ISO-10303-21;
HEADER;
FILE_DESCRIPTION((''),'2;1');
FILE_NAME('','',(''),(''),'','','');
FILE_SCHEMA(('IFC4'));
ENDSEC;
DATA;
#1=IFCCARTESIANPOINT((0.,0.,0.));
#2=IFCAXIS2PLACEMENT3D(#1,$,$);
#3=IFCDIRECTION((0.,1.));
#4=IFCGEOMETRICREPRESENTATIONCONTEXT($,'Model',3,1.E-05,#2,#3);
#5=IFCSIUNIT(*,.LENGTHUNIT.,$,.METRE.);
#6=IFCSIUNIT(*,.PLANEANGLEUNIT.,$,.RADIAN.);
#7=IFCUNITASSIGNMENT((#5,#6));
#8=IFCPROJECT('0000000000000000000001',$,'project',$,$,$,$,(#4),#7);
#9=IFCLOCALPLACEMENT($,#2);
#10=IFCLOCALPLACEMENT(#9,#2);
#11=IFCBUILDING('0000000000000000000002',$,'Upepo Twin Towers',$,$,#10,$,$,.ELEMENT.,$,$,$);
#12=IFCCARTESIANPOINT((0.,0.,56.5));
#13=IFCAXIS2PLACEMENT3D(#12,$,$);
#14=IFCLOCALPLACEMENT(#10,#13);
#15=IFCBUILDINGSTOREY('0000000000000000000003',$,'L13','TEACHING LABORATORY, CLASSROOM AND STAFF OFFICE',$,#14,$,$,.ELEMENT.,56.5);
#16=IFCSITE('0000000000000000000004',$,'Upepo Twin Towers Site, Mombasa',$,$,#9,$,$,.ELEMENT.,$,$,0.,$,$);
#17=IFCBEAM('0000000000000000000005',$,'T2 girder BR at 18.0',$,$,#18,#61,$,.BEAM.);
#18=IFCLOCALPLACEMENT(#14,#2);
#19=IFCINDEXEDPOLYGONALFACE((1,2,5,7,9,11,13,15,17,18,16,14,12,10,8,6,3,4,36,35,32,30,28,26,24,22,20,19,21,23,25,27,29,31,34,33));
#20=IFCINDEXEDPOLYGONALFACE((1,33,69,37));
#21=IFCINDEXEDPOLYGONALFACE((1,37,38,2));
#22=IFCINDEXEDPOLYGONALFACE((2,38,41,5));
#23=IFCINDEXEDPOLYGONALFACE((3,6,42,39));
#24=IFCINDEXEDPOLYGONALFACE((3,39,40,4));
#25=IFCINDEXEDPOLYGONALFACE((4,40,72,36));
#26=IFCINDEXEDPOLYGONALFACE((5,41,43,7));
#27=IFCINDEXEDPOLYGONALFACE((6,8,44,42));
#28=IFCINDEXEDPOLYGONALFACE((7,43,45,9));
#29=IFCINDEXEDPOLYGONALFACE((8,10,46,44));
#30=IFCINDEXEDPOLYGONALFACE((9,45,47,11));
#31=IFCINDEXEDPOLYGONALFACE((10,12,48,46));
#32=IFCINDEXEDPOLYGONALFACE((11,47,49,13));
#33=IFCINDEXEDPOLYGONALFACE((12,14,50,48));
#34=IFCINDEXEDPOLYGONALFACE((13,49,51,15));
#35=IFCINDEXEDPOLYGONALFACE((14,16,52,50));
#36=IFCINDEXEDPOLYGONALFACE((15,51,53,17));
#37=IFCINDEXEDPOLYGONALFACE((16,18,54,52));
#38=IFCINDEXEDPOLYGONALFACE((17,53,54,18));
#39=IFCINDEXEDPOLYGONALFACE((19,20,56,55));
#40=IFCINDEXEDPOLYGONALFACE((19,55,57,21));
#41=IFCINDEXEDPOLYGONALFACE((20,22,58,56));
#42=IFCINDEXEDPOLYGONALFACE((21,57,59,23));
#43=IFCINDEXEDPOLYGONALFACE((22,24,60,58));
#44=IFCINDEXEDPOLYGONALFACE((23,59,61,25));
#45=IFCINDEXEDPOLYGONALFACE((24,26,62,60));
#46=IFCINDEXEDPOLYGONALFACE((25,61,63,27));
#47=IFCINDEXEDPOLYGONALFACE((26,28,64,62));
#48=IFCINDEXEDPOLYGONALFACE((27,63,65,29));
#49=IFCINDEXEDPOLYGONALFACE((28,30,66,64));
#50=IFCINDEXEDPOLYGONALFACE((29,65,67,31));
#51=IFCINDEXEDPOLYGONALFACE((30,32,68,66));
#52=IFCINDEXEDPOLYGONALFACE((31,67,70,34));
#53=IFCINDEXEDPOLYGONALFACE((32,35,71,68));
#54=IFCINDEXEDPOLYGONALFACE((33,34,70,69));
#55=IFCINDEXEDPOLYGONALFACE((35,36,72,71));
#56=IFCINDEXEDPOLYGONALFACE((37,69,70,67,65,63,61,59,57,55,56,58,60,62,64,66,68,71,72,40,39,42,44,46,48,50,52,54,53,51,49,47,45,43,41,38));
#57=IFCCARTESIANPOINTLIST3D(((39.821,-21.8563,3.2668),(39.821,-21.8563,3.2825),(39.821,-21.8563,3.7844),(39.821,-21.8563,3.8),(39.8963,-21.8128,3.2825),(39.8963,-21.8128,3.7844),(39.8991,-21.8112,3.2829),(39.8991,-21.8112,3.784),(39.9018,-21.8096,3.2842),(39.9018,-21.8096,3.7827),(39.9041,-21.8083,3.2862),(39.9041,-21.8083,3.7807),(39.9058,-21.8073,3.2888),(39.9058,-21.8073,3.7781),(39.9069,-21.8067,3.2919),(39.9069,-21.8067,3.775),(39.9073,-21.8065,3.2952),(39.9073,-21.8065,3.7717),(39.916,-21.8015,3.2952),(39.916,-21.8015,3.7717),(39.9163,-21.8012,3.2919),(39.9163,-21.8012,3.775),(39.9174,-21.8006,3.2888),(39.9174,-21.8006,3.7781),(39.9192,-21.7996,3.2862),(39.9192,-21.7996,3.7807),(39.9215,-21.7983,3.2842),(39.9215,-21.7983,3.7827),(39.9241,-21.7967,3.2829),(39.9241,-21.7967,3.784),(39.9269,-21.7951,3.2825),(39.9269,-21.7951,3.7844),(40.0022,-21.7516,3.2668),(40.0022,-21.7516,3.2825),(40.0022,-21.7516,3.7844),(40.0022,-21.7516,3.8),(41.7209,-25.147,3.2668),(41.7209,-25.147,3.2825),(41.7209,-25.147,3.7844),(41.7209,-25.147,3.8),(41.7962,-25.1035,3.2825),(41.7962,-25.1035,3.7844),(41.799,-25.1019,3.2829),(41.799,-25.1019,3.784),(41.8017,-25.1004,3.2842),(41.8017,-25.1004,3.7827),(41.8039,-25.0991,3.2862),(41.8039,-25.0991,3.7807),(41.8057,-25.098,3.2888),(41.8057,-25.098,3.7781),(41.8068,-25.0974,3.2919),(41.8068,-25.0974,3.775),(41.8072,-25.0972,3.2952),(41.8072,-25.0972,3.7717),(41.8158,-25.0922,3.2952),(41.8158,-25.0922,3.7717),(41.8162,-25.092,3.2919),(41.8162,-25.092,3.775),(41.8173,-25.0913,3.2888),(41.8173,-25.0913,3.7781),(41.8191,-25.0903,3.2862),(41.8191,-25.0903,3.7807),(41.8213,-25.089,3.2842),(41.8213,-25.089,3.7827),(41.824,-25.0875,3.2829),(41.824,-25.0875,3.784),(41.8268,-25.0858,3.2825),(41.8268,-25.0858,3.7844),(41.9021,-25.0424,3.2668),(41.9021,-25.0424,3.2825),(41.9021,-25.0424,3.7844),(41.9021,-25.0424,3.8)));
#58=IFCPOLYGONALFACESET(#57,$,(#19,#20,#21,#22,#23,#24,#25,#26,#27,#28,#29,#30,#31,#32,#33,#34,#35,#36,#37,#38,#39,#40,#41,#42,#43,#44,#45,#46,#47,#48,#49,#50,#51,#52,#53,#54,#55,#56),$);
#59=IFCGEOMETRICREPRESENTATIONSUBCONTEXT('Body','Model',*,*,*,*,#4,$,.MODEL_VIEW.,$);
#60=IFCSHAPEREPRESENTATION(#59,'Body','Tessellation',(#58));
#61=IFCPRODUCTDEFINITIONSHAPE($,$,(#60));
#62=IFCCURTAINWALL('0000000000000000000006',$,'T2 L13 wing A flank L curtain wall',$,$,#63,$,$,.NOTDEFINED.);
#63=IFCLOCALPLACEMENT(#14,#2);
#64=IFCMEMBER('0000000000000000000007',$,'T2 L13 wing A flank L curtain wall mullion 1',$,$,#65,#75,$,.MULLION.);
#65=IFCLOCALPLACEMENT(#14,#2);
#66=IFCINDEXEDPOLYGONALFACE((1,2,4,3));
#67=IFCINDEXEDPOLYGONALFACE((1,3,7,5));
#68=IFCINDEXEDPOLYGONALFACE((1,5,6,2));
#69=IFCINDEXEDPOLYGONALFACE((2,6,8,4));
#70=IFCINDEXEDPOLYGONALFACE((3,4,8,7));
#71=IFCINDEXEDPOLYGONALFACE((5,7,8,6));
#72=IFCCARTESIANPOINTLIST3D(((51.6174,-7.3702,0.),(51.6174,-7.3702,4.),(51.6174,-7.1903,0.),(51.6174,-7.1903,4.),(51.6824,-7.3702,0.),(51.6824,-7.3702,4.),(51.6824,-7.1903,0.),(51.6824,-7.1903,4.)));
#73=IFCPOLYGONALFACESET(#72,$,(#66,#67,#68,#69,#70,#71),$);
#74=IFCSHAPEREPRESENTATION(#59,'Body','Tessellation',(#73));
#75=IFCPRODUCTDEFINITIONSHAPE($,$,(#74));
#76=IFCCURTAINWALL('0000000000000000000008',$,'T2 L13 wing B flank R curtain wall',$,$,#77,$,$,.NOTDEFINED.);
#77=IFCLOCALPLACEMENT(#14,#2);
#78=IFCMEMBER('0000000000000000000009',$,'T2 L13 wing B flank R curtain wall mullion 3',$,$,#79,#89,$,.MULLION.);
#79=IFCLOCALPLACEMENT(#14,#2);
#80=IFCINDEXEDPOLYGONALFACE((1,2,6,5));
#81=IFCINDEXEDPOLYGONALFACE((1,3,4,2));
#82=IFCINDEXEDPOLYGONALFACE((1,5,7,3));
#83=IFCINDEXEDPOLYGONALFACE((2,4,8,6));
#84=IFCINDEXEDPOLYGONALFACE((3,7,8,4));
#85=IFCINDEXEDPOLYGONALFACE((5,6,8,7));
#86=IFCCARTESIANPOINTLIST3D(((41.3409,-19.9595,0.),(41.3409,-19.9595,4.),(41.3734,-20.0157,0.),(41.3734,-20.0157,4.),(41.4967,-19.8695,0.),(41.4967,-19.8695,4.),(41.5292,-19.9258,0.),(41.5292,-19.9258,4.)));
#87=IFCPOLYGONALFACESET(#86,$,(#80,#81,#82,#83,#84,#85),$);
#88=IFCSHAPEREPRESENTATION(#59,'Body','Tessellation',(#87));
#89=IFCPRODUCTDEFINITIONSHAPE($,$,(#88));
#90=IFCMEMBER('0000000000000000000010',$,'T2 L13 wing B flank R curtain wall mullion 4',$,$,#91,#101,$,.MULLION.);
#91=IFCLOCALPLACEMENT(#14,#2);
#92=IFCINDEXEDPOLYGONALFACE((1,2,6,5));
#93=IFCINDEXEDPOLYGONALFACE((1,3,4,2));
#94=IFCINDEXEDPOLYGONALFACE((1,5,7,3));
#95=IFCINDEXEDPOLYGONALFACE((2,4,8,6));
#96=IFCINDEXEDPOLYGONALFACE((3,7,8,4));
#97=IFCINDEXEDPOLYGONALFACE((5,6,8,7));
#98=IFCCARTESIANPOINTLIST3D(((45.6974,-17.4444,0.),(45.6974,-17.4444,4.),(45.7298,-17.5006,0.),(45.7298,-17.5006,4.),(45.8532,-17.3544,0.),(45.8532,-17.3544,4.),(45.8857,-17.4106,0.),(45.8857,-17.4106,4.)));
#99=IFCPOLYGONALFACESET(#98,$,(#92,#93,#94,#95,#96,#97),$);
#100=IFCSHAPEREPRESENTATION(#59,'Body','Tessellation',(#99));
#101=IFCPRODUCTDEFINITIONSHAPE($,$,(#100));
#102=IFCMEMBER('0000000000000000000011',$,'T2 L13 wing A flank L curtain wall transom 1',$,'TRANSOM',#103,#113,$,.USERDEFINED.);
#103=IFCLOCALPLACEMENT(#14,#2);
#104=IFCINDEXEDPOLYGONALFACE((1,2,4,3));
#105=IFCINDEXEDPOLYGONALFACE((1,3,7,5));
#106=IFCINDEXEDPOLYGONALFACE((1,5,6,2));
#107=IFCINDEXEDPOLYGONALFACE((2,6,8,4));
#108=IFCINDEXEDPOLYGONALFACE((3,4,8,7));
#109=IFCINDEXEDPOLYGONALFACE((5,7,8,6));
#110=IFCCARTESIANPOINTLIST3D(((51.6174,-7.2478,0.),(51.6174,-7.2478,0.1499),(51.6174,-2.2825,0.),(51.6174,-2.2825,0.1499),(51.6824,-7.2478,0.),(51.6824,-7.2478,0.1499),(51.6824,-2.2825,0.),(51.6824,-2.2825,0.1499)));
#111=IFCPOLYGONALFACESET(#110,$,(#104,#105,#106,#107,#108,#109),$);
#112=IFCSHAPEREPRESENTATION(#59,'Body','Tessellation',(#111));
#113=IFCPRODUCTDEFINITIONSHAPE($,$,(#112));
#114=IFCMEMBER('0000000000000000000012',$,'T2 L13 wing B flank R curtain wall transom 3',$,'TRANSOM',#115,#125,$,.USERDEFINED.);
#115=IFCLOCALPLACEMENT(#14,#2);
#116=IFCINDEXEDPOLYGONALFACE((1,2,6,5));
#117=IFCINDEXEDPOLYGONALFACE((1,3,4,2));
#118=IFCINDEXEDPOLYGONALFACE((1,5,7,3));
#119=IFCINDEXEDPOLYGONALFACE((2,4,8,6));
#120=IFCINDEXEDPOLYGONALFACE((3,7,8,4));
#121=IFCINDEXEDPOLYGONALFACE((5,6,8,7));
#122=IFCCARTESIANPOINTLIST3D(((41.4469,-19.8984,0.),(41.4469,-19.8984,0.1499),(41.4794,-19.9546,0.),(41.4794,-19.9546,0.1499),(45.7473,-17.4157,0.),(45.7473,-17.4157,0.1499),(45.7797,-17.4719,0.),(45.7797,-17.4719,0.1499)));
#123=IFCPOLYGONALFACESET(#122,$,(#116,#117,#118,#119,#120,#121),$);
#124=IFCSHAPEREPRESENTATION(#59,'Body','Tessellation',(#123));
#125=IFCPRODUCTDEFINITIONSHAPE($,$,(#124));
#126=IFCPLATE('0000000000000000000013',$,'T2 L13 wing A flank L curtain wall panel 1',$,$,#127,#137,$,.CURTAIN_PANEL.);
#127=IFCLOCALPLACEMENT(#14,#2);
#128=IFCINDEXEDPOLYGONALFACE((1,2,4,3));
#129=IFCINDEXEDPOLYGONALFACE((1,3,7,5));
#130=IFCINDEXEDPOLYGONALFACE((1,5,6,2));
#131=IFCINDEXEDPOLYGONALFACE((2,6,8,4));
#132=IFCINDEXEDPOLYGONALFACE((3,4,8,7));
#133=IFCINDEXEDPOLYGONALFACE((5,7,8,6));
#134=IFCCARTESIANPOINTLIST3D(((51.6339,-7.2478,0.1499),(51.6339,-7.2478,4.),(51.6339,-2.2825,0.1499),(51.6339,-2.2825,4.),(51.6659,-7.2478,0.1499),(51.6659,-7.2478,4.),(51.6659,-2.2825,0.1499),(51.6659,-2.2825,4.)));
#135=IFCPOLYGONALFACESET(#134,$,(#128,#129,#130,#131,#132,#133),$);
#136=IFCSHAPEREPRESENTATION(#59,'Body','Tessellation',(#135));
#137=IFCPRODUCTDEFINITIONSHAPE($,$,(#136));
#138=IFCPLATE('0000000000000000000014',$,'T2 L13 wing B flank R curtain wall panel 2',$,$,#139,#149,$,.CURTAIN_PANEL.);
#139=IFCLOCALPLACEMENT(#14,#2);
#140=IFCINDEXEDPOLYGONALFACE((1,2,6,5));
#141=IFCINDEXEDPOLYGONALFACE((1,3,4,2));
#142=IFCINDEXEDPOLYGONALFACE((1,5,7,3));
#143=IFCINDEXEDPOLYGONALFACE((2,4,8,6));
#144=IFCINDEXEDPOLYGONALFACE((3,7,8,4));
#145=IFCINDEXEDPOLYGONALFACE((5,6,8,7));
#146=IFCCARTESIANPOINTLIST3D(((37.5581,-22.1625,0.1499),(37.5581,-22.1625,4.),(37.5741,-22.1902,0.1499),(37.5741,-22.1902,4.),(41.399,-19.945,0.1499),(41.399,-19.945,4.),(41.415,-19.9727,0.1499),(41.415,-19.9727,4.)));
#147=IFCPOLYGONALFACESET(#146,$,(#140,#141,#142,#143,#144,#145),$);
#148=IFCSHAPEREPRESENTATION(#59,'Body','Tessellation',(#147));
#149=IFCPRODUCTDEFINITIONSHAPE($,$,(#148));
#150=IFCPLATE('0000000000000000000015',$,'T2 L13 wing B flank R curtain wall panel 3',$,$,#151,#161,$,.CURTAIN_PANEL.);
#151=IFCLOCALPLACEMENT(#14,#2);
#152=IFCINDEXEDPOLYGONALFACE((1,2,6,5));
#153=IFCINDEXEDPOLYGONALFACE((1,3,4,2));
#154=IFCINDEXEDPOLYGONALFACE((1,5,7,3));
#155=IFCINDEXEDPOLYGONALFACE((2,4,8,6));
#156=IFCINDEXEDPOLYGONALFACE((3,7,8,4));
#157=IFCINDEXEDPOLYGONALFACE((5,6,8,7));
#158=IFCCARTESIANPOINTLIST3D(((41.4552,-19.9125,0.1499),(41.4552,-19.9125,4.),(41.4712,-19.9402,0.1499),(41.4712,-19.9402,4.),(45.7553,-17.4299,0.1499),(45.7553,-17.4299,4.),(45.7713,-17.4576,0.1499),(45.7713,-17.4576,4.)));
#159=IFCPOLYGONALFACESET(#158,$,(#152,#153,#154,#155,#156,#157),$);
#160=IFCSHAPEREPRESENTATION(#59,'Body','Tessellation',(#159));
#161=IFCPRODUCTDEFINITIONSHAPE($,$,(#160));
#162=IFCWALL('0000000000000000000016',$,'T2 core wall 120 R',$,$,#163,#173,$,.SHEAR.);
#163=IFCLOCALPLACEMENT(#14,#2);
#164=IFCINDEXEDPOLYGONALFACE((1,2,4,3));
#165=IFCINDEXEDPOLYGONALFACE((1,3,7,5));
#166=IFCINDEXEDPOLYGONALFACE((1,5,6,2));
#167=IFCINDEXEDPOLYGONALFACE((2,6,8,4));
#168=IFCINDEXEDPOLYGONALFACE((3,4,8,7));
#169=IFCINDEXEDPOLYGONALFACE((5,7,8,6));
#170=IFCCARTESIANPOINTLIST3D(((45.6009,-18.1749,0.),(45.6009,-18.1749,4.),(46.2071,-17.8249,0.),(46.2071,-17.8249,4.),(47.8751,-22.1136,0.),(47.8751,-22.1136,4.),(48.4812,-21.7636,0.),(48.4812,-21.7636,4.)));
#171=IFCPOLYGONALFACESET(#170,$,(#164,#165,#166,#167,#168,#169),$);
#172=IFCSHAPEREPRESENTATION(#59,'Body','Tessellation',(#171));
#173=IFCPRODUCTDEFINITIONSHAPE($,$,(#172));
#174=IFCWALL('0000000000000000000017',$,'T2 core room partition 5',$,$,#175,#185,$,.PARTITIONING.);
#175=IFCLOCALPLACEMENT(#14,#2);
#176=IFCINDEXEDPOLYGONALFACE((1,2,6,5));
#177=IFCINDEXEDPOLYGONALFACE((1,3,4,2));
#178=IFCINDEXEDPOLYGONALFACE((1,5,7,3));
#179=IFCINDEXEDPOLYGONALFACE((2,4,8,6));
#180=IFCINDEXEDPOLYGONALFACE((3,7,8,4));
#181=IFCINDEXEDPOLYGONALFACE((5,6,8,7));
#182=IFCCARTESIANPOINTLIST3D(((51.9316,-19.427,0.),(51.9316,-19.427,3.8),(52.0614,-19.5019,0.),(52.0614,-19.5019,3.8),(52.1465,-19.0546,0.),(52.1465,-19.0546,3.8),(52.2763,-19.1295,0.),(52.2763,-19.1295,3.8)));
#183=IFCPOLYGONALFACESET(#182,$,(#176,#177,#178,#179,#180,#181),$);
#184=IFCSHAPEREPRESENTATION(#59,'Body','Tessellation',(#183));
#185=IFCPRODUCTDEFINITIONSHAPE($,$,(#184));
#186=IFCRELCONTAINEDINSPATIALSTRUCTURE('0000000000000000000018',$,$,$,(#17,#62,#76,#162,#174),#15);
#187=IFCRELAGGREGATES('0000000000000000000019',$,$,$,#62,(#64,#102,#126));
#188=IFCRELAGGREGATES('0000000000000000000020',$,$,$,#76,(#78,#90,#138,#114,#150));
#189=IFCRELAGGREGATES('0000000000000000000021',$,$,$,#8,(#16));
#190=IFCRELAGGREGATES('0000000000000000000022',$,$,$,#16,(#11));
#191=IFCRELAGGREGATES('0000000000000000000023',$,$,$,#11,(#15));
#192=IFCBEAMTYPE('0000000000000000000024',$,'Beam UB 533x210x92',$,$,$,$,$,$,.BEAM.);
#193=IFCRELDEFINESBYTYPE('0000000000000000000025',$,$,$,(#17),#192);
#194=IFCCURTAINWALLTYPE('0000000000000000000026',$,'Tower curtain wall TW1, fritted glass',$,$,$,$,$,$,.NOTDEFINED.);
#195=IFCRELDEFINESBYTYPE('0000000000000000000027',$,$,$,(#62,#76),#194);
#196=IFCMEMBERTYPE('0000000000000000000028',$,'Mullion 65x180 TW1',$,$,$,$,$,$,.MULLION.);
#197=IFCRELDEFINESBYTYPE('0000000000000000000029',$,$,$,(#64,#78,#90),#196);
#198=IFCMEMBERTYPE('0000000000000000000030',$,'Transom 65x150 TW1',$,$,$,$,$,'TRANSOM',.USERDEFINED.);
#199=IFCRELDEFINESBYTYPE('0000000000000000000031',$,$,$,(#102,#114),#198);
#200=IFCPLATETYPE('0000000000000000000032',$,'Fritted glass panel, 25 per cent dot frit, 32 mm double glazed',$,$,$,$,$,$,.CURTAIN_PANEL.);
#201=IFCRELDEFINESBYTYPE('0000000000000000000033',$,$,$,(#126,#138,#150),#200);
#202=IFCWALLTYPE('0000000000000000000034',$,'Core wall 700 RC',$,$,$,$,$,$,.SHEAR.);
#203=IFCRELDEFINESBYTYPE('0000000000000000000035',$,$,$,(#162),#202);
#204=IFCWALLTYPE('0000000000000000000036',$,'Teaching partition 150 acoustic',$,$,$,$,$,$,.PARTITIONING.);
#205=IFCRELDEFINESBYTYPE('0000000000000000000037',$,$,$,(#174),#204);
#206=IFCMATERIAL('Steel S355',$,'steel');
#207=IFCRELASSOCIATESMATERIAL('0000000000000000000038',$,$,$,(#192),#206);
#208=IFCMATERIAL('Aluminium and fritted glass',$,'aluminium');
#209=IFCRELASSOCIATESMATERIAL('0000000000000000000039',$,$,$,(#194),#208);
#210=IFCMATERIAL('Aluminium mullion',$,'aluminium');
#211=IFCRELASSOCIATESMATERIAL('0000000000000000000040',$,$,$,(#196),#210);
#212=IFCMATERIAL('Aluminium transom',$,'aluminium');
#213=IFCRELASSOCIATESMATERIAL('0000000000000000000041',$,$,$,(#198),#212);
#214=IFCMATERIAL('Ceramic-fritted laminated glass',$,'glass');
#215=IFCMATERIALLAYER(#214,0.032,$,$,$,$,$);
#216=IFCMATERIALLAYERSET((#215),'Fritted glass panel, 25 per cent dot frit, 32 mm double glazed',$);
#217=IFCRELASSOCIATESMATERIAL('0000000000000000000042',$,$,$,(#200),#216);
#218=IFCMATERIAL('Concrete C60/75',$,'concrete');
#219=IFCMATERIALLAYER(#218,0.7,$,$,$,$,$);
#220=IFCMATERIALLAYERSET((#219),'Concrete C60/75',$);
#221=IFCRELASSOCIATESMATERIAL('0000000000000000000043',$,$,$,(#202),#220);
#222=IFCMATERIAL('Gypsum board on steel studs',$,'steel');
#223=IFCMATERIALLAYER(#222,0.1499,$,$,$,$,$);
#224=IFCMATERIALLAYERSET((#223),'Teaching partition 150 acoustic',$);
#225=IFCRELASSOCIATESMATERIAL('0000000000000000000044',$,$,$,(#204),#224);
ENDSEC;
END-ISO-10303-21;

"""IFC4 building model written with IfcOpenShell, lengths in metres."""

from ifc_helpers import new_model, si_unit, direction, frame, frame_2d, origin, origin_2d, place, context, subcontext, project, spatial, rectangle, i_section, extrude, material, layer, layer_set, material_profile, profile_set, type_object, element, aggregate, save


model = new_model("IFC4")

# Units and contexts
model_context = context("Model", 3, precision=1e-05, world=origin(), true_north=direction((0.0, 1.0)))
body_context = subcontext(model_context, "Body", "Model", "MODEL_VIEW")
ifc_project = project(units=[si_unit("LENGTHUNIT", "METRE"), si_unit("PLANEANGLEUNIT", "RADIAN")], contexts=[model_context])

# Site, building, storey
site_placement = place(None, origin())
site = spatial("IfcSite", under=ifc_project, at=site_placement, Name="Upepo Twin Towers Site, Mombasa", CompositionType="ELEMENT", RefElevation=0.0)
building_placement = place(site_placement, origin())
building = spatial("IfcBuilding", under=site, at=building_placement, Name="Upepo Twin Towers", CompositionType="ELEMENT")
storey_placement = place(building_placement, frame((0.0, 0.0, 56.5)))
storey = spatial("IfcBuildingStorey", under=building, at=storey_placement, Name="L13", Description="TEACHING LABORATORY, CLASSROOM AND STAFF OFFICE", CompositionType="ELEMENT", Elevation=56.5)

# Beam
ifc_material_1 = material(Name="Steel S355", Category="steel")
ifc_material_profile_1 = material_profile(ifc_material_1, i_section(OverallWidth=0.2092, OverallDepth=0.5332, WebThickness=0.01, FlangeThickness=0.0156, FilletRadius=0.0127, at=origin_2d()), Name="UB 533x210x92")
ifc_profile_set_1 = profile_set([ifc_material_profile_1], Name="Steel S355")
beam_type_1 = type_object("IfcBeamType", Name="Beam UB 533x210x92", PredefinedType="BEAM", material=ifc_profile_set_1)
beam_1_placement = place(storey_placement, frame((39.9116, -21.804, 3.5334), z_axis=(0.499995, -0.866028, 0.0), x_axis=(0.866028, 0.499995, 0.0)))
element("IfcBeam", 1, at=beam_1_placement, inside=storey, type_object=beam_type_1, Name="T2 girder BR at 18.0", PredefinedType="BEAM", context=body_context, shape_type="SweptSolid", body=[
    extrude(i_section(OverallWidth=0.2092, OverallDepth=0.5332, WebThickness=0.01, FlangeThickness=0.0156, FilletRadius=0.0127, at=origin_2d()), origin(), (0.0, 0.0, 1.0), 3.7998),
])

# Curtain wall, member
ifc_material_2 = material(Name="Aluminium and fritted glass", Category="aluminium")
curtain_wall_type = type_object("IfcCurtainWallType", Name="Tower curtain wall TW1, fritted glass", PredefinedType="NOTDEFINED", material=ifc_material_2)
curtain_wall_1_placement = place(storey_placement, origin())
curtain_wall_1 = element("IfcCurtainWall", 2, at=curtain_wall_1_placement, inside=storey, type_object=curtain_wall_type, Name="T2 L13 wing A flank L curtain wall", PredefinedType="NOTDEFINED")
ifc_material_3 = material(Name="Aluminium mullion", Category="aluminium")
ifc_material_profile_2 = material_profile(ifc_material_3, rectangle(XDim=0.0649, YDim=0.1799, at=origin_2d()), Name="MULLION 65x180")
ifc_profile_set_2 = profile_set([ifc_material_profile_2], Name="Aluminium mullion")
member_type_1 = type_object("IfcMemberType", Name="Mullion 65x180 TW1", PredefinedType="MULLION", material=ifc_profile_set_2)
member_1_placement = place(storey_placement, frame((51.6499, -7.2803, 0.0), z_axis=(0.0, 0.0, 1.0), x_axis=(-1.0, 0.0, 0.0)))
member_1 = element("IfcMember", 3, at=member_1_placement, type_object=member_type_1, Name="T2 L13 wing A flank L curtain wall mullion 1", PredefinedType="MULLION", context=body_context, shape_type="SweptSolid", body=[
    extrude(rectangle(XDim=0.0649, YDim=0.1799, at=origin_2d()), origin(), (0.0, 0.0, 1.0), 4.0),
])

# Curtain wall, members
curtain_wall_2_placement = place(storey_placement, origin())
curtain_wall_2 = element("IfcCurtainWall", 4, at=curtain_wall_2_placement, inside=storey, type_object=curtain_wall_type, Name="T2 L13 wing B flank R curtain wall", PredefinedType="NOTDEFINED")
member_2_placement = place(storey_placement, frame((41.4351, -19.9426, 0.0), z_axis=(0.0, 0.0, 1.0), x_axis=(-0.5, 0.866025, 0.0)))
member_2 = element("IfcMember", 5, at=member_2_placement, type_object=member_type_1, Name="T2 L13 wing B flank R curtain wall mullion 3", PredefinedType="MULLION", context=body_context, shape_type="SweptSolid", body=[
    extrude(rectangle(XDim=0.0649, YDim=0.1799, at=origin_2d()), origin(), (0.0, 0.0, 1.0), 4.0),
])
member_3_placement = place(storey_placement, frame((45.7915, -17.4275, 0.0), z_axis=(0.0, 0.0, 1.0), x_axis=(-0.5, 0.866025, 0.0)))
member_3 = element("IfcMember", 6, at=member_3_placement, type_object=member_type_1, Name="T2 L13 wing B flank R curtain wall mullion 4", PredefinedType="MULLION", context=body_context, shape_type="SweptSolid", body=[
    extrude(rectangle(XDim=0.0649, YDim=0.1799, at=origin_2d()), origin(), (0.0, 0.0, 1.0), 4.0),
])

# Members
ifc_material_4 = material(Name="Aluminium transom", Category="aluminium")
ifc_material_profile_3 = material_profile(ifc_material_4, rectangle(XDim=0.0649, YDim=0.1499, at=origin_2d()), Name="TRANSOM 65x150")
ifc_profile_set_3 = profile_set([ifc_material_profile_3], Name="Aluminium transom")
member_type_2 = type_object("IfcMemberType", Name="Transom 65x150 TW1", ElementType="TRANSOM", PredefinedType="USERDEFINED", material=ifc_profile_set_3)
member_4_placement = place(storey_placement, frame((51.6499, -7.2478, 0.075), z_axis=(0.0, 1.0, 0.0), x_axis=(-1.0, 0.0, 0.0)))
member_4 = element("IfcMember", 7, at=member_4_placement, type_object=member_type_2, Name="T2 L13 wing A flank L curtain wall transom 1", ObjectType="TRANSOM", PredefinedType="USERDEFINED", context=body_context, shape_type="SweptSolid", body=[
    extrude(rectangle(XDim=0.0649, YDim=0.1499, at=origin_2d()), origin(), (0.0, 0.0, 1.0), 4.9653),
])
member_5_placement = place(storey_placement, frame((41.4631, -19.9265, 0.075), z_axis=(0.866035, 0.499983, 0.0), x_axis=(-0.499983, 0.866035, 0.0)))
member_5 = element("IfcMember", 8, at=member_5_placement, type_object=member_type_2, Name="T2 L13 wing B flank R curtain wall transom 3", ObjectType="TRANSOM", PredefinedType="USERDEFINED", context=body_context, shape_type="SweptSolid", body=[
    extrude(rectangle(XDim=0.0649, YDim=0.1499, at=origin_2d()), origin(), (0.0, 0.0, 1.0), 4.9656),
])

# Plates
ifc_material_5 = material(Name="Ceramic-fritted laminated glass", Category="glass")
ifc_layer_1 = layer(ifc_material_5, 0.032)
ifc_layer_set_1 = layer_set([ifc_layer_1], Name="Fritted glass panel, 25 per cent dot frit, 32 mm double glazed")
plate_type = type_object("IfcPlateType", Name="Fritted glass panel, 25 per cent dot frit, 32 mm double glazed", PredefinedType="CURTAIN_PANEL", material=ifc_layer_set_1)
plate_1_placement = place(storey_placement, frame((51.6499, -4.7651, 0.1499), z_axis=(0.0, 0.0, 1.0), x_axis=(0.0, 1.0, 0.0)))
plate_1 = element("IfcPlate", 9, at=plate_1_placement, type_object=plate_type, Name="T2 L13 wing A flank L curtain wall panel 1", PredefinedType="CURTAIN_PANEL", context=body_context, shape_type="SweptSolid", body=[
    extrude(rectangle(XDim=4.9653, YDim=0.032, at=origin_2d()), origin(), (0.0, 0.0, 1.0), 3.8501),
])
aggregate(curtain_wall_1, [member_1, member_4, plate_1])
plate_2_placement = place(storey_placement, frame((39.4866, -21.0676, 0.1499), z_axis=(0.0, 0.0, 1.0), x_axis=(0.866025, 0.5, 0.0)))
plate_2 = element("IfcPlate", 10, at=plate_2_placement, type_object=plate_type, Name="T2 L13 wing B flank R curtain wall panel 2", PredefinedType="CURTAIN_PANEL", context=body_context, shape_type="SweptSolid", body=[
    extrude(rectangle(XDim=4.4351, YDim=0.032, at=origin_2d()), origin(), (0.0, 0.0, 1.0), 3.8501),
])
plate_3_placement = place(storey_placement, frame((43.6133, -18.6851, 0.1499), z_axis=(0.0, 0.0, 1.0), x_axis=(0.866025, 0.5, 0.0)))
plate_3 = element("IfcPlate", 11, at=plate_3_placement, type_object=plate_type, Name="T2 L13 wing B flank R curtain wall panel 3", PredefinedType="CURTAIN_PANEL", context=body_context, shape_type="SweptSolid", body=[
    extrude(rectangle(XDim=4.9653, YDim=0.032, at=origin_2d()), origin(), (0.0, 0.0, 1.0), 3.8501),
])
aggregate(curtain_wall_2, [member_2, member_3, plate_2, member_5, plate_3])

# Walls
ifc_material_6 = material(Name="Concrete C60/75", Category="concrete")
ifc_layer_2 = layer(ifc_material_6, 0.7)
ifc_layer_set_2 = layer_set([ifc_layer_2], Name="Concrete C60/75")
wall_type_1 = type_object("IfcWallType", Name="Core wall 700 RC", PredefinedType="SHEAR", material=ifc_layer_set_2)
wall_1_placement = place(storey_placement, frame((45.9041, -18.0, 0.0), z_axis=(0.0, 0.0, 1.0), x_axis=(0.500024, -0.866011, 0.0)))
element("IfcWall", 12, at=wall_1_placement, inside=storey, type_object=wall_type_1, Name="T2 core wall 120 R", PredefinedType="SHEAR", context=body_context, shape_type="SweptSolid", body=[
    extrude(rectangle(XDim=4.5481, YDim=0.7, at=frame_2d((2.2739, 0.0))), origin(), (0.0, 0.0, 1.0), 4.0),
])
ifc_material_7 = material(Name="Gypsum board on steel studs", Category="steel")
ifc_layer_3 = layer(ifc_material_7, 0.1499)
ifc_layer_set_3 = layer_set([ifc_layer_3], Name="Teaching partition 150 acoustic")
wall_type_2 = type_object("IfcWallType", Name="Teaching partition 150 acoustic", PredefinedType="PARTITIONING", material=ifc_layer_set_3)
wall_2_placement = place(storey_placement, frame((51.9966, -19.4644, 0.0), z_axis=(0.0, 0.0, 1.0), x_axis=(0.499804, 0.866138, 0.0)))
element("IfcWall", 13, at=wall_2_placement, inside=storey, type_object=wall_type_2, Name="T2 core room partition 5", PredefinedType="PARTITIONING", context=body_context, shape_type="SweptSolid", body=[
    extrude(rectangle(XDim=0.4299, YDim=0.1499, at=frame_2d((0.2148, 0.0))), origin(), (0.0, 0.0, 1.0), 3.8),
])

save(model, "model.ifc")
